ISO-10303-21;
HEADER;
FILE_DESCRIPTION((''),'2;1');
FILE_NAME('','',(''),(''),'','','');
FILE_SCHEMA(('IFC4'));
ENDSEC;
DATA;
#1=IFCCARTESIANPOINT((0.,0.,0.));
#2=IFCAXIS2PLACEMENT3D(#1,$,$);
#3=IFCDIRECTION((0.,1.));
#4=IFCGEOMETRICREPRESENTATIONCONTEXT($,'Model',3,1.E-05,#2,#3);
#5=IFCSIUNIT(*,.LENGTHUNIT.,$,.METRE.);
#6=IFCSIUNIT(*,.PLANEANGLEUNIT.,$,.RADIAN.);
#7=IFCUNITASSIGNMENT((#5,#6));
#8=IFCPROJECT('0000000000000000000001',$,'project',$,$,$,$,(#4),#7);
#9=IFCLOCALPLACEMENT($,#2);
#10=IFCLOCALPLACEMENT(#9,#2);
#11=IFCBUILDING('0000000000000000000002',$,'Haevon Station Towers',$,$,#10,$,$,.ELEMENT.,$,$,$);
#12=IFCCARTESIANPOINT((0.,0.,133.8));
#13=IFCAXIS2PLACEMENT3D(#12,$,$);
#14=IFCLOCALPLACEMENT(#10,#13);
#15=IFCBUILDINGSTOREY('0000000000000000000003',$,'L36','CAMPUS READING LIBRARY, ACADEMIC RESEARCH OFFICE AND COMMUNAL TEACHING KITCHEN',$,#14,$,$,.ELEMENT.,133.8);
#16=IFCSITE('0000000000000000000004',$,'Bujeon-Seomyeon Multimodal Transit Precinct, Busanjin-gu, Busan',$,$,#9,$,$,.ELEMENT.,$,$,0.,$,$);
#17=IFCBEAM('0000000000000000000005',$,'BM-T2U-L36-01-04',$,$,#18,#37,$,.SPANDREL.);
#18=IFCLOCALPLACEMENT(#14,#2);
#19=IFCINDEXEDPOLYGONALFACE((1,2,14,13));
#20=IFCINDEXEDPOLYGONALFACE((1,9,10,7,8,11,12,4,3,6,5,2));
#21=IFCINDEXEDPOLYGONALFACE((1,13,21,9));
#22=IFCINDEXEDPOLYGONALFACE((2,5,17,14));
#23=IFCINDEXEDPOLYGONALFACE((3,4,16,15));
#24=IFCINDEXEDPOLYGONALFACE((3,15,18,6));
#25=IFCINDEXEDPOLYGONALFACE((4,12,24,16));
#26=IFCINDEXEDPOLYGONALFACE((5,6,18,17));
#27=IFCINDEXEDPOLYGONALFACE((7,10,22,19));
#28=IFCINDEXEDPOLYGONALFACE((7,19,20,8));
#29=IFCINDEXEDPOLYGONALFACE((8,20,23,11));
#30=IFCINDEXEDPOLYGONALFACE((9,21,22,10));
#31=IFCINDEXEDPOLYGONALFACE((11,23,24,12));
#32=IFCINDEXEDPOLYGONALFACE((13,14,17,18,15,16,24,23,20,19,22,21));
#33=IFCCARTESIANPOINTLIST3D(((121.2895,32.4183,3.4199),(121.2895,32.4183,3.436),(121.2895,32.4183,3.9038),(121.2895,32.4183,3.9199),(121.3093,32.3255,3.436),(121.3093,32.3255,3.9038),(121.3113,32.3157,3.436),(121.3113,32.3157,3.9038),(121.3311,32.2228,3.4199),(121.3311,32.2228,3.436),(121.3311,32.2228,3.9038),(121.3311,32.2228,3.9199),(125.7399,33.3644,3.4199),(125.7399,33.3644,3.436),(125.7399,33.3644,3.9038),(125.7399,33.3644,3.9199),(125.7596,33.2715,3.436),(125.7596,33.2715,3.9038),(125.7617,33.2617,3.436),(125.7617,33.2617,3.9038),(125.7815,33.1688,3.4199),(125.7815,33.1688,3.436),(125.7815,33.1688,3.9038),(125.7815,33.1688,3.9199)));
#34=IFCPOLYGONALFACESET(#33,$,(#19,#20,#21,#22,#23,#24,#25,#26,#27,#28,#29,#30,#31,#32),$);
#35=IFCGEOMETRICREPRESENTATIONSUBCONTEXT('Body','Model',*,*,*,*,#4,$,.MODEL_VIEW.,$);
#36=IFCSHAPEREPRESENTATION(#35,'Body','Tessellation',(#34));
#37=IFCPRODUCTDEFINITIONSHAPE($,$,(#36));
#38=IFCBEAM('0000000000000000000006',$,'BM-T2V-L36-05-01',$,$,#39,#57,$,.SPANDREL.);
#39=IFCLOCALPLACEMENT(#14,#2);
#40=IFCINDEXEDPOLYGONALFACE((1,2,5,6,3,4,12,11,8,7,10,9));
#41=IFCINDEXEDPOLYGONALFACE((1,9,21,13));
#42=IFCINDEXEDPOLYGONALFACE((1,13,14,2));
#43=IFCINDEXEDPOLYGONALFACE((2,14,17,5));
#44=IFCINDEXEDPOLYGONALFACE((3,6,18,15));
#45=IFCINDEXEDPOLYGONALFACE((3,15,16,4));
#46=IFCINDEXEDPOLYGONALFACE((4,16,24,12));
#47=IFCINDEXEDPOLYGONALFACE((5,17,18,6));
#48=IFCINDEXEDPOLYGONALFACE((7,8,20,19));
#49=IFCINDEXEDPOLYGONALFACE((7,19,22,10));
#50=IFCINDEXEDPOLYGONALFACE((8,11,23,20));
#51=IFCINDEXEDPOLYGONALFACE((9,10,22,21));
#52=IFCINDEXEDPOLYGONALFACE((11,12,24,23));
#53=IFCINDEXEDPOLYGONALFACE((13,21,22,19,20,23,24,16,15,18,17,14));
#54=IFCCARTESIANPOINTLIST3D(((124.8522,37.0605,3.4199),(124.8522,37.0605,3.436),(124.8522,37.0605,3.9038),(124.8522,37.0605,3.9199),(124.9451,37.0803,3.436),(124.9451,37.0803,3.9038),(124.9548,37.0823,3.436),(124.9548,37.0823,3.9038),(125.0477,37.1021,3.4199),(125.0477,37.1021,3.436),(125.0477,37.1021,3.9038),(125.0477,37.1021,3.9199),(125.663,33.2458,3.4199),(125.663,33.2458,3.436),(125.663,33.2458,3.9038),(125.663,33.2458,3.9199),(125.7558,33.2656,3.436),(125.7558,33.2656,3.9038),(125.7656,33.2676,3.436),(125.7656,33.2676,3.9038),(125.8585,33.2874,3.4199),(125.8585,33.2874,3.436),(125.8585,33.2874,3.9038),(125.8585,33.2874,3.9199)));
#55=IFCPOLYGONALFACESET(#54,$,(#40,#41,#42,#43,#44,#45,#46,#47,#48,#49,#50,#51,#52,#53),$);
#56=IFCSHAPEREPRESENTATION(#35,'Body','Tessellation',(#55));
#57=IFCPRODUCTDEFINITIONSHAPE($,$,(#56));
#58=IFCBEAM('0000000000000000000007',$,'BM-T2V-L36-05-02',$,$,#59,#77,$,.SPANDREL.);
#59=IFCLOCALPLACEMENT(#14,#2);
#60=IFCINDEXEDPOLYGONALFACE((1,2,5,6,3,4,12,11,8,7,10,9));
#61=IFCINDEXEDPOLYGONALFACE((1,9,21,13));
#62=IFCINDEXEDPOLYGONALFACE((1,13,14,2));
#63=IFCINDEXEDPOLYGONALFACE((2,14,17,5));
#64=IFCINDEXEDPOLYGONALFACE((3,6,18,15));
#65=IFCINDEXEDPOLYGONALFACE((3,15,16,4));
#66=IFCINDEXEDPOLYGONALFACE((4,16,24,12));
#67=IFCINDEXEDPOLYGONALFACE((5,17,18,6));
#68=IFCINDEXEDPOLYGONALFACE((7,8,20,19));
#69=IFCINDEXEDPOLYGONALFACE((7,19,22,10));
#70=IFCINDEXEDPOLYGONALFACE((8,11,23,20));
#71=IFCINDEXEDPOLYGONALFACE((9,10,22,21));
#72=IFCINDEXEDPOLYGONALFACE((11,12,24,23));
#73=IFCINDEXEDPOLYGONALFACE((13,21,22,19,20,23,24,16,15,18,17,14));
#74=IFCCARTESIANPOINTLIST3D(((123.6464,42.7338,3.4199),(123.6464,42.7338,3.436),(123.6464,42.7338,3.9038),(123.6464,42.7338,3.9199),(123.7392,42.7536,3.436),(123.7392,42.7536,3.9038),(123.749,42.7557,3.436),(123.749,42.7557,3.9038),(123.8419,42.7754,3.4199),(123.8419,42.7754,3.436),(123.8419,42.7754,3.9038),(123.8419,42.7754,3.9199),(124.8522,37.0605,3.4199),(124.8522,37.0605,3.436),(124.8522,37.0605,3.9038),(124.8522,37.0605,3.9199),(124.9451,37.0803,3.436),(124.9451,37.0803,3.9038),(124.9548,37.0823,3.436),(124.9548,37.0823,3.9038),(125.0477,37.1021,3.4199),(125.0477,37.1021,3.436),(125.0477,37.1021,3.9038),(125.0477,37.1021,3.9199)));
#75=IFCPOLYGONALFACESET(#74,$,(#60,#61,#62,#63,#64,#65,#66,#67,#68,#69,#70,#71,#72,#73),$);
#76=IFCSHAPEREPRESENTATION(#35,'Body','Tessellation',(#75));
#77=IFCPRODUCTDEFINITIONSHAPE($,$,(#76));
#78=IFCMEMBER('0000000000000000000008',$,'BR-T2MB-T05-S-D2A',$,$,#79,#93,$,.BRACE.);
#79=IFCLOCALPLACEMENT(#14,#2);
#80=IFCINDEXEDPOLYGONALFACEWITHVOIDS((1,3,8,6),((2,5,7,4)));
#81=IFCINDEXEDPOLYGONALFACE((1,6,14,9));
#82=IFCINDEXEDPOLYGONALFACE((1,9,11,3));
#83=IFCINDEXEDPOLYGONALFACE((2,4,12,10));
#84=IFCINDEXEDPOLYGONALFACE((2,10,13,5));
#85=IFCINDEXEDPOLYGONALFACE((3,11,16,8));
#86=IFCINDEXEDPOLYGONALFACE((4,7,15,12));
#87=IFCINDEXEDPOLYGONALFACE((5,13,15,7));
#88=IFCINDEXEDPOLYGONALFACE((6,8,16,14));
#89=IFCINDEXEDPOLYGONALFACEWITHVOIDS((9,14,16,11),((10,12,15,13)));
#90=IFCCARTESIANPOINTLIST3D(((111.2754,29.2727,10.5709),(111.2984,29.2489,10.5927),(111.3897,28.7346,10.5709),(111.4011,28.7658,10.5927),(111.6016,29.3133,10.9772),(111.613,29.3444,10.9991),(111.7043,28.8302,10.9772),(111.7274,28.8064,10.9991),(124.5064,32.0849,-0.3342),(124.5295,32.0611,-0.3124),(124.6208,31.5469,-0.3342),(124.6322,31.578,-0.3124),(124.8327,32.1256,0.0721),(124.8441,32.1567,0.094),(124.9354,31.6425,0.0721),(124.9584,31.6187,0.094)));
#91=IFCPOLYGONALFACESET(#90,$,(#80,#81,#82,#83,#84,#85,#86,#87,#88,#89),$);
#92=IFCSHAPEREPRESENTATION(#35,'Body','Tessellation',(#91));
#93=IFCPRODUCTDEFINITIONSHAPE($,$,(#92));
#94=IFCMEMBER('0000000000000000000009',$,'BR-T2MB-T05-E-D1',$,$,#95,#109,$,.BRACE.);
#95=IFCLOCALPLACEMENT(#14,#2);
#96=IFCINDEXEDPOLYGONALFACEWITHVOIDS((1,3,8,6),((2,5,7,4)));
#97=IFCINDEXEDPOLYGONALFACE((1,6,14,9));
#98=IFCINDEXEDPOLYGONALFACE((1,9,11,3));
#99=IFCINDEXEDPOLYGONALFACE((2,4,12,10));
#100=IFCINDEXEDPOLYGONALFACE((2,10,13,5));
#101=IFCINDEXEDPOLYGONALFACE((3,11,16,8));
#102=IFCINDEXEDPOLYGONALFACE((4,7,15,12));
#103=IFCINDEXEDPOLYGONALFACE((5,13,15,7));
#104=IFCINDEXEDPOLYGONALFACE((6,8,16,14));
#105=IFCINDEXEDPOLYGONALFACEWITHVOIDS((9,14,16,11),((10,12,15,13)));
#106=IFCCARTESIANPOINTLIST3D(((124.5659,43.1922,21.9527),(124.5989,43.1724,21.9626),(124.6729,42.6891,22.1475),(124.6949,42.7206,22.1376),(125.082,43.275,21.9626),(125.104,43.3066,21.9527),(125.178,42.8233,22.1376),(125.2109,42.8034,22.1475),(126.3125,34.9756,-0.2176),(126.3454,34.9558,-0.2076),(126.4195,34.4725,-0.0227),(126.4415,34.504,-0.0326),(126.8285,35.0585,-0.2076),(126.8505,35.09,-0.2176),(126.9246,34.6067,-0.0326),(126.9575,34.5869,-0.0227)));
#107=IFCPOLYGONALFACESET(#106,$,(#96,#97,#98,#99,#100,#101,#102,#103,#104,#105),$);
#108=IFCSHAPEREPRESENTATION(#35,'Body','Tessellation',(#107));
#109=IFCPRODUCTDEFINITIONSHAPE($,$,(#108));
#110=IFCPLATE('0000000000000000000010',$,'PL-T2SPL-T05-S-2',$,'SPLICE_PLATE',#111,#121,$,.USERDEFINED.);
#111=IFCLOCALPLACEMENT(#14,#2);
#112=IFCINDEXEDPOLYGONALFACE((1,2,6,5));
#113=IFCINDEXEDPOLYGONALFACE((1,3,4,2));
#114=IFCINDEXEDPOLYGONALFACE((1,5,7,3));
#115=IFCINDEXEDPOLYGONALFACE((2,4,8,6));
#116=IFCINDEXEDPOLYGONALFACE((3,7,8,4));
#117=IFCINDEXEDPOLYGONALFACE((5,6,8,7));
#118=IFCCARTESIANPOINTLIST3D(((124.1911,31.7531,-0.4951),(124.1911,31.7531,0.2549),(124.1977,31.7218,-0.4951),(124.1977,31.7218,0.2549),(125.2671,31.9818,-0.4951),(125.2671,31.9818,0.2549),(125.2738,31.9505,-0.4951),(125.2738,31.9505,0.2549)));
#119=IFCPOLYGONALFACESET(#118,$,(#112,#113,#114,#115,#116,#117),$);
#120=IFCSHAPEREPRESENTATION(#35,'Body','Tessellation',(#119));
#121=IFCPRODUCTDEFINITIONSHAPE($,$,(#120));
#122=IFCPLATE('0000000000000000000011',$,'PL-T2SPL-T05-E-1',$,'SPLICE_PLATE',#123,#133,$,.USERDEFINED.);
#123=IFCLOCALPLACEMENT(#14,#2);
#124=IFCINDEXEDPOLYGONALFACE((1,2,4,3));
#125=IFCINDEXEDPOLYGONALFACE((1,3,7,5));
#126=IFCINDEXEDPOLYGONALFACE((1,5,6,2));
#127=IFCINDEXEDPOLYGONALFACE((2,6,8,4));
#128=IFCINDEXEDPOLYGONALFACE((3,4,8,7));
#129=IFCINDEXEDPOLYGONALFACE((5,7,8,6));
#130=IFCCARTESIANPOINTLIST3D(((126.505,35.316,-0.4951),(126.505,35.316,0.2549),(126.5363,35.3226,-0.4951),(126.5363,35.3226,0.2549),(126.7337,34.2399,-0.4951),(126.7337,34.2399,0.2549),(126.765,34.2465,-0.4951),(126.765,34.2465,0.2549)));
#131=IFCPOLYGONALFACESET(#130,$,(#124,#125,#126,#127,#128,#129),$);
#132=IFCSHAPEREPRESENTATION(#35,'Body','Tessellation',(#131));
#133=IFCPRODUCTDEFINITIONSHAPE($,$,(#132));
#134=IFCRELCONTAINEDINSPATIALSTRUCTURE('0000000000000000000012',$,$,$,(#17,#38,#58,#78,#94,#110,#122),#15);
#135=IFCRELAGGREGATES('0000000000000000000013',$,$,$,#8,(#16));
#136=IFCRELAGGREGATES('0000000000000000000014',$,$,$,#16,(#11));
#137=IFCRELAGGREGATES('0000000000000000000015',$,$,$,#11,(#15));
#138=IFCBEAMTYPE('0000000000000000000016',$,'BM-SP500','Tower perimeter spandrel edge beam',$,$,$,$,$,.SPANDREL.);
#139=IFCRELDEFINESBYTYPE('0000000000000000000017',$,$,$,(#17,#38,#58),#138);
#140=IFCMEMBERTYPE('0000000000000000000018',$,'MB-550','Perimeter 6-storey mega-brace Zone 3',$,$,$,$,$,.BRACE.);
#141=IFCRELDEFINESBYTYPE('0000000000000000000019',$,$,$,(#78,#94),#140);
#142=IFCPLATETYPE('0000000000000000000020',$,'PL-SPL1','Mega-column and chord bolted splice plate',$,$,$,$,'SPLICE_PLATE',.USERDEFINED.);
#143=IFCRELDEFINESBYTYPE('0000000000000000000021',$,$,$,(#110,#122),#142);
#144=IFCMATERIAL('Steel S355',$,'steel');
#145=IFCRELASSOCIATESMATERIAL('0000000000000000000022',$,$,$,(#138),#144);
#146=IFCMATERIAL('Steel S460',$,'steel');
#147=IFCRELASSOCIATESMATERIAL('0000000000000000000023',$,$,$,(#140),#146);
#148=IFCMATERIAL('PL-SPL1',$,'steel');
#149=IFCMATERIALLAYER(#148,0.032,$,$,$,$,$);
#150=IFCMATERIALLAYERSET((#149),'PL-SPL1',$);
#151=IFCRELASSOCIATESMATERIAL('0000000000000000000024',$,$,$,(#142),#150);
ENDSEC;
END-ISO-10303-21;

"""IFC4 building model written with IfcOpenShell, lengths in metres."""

from ifc_helpers import new_model, si_unit, direction, frame, origin, origin_2d, place, context, subcontext, project, spatial, rectangle, hollow_rectangle, i_section, extrude, material, layer, layer_set, material_profile, profile_set, type_object, element, save


model = new_model("IFC4")

# Units and contexts
model_context = context("Model", 3, precision=1e-05, world=origin(), true_north=direction((0.0, 1.0)))
body_context = subcontext(model_context, "Body", "Model", "MODEL_VIEW")
ifc_project = project(units=[si_unit("LENGTHUNIT", "METRE"), si_unit("PLANEANGLEUNIT", "RADIAN")], contexts=[model_context])

# Site, building, storey
site_placement = place(None, origin())
site = spatial("IfcSite", under=ifc_project, at=site_placement, Name="Bujeon-Seomyeon Multimodal Transit Precinct, Busanjin-gu, Busan", CompositionType="ELEMENT", RefElevation=0.0)
building_placement = place(site_placement, origin())
building = spatial("IfcBuilding", under=site, at=building_placement, Name="Haevon Station Towers", CompositionType="ELEMENT")
storey_placement = place(building_placement, frame((0.0, 0.0, 133.8)))
storey = spatial("IfcBuildingStorey", under=building, at=storey_placement, Name="L36", Description="CAMPUS READING LIBRARY, ACADEMIC RESEARCH OFFICE AND COMMUNAL TEACHING KITCHEN", CompositionType="ELEMENT", Elevation=133.8)

# Shared definitions
ifc_material_1 = material(Name="Steel S460", Category="steel")

# Beams
ifc_material_2 = material(Name="Steel S355", Category="steel")
ifc_material_profile_1 = material_profile(ifc_material_2, i_section(OverallWidth=0.2, OverallDepth=0.5, WebThickness=0.01, FlangeThickness=0.0161, at=origin_2d()), Name="H-500x200x10x16")
ifc_profile_set_1 = profile_set([ifc_material_profile_1], Name="Steel S355")
beam_type_1 = type_object("IfcBeamType", Name="BM-SP500", Description="Tower perimeter spandrel edge beam", PredefinedType="SPANDREL", material=ifc_profile_set_1)
beam_1_placement = place(storey_placement, frame((121.3103, 32.3206, 3.6699), z_axis=(0.978144, 0.207927, 0.0), x_axis=(-0.207927, 0.978144, 0.0)))
element("IfcBeam", 1, at=beam_1_placement, inside=storey, type_object=beam_type_1, Name="BM-T2U-L36-01-04", PredefinedType="SPANDREL", context=body_context, shape_type="SweptSolid", body=[
    extrude(i_section(OverallWidth=0.2, OverallDepth=0.5, WebThickness=0.01, FlangeThickness=0.0161, at=origin_2d()), origin(), (0.0, 0.0, 1.0), 4.5498),
])
beam_2_placement = place(storey_placement, frame((125.7607, 33.2666, 3.6699), z_axis=(-0.2079, 0.97815, 0.0), x_axis=(-0.97815, -0.2079, 0.0)))
element("IfcBeam", 2, at=beam_2_placement, inside=storey, type_object=beam_type_1, Name="BM-T2V-L36-05-01", PredefinedType="SPANDREL", context=body_context, shape_type="SweptSolid", body=[
    extrude(i_section(OverallWidth=0.2, OverallDepth=0.5, WebThickness=0.01, FlangeThickness=0.0161, at=origin_2d()), origin(), (0.0, 0.0, 1.0), 3.8999),
])
beam_3_placement = place(storey_placement, frame((124.95, 37.0813, 3.6699), z_axis=(-0.207896, 0.978151, 0.0), x_axis=(-0.978151, -0.207896, 0.0)))
element("IfcBeam", 3, at=beam_3_placement, inside=storey, type_object=beam_type_1, Name="BM-T2V-L36-05-02", PredefinedType="SPANDREL", context=body_context, shape_type="SweptSolid", body=[
    extrude(i_section(OverallWidth=0.2, OverallDepth=0.5, WebThickness=0.01, FlangeThickness=0.0161, at=origin_2d()), origin(), (0.0, 0.0, 1.0), 5.8),
])

# Members
ifc_material_profile_2 = material_profile(ifc_material_1, hollow_rectangle(XDim=0.55, YDim=0.55, WallThickness=0.0281, at=origin_2d()), Name="RHS-550x550x28")
ifc_profile_set_2 = profile_set([ifc_material_profile_2], Name="Steel S460")
member_type = type_object("IfcMemberType", Name="MB-550", Description="Perimeter 6-storey mega-brace Zone 3", PredefinedType="BRACE", material=ifc_profile_set_2)
member_1_placement = place(storey_placement, frame((124.7324, 31.8518, -0.1201), z_axis=(-0.761499, -0.161858, 0.627632), x_axis=(0.207907, -0.978149, 0.0)))
element("IfcMember", 4, at=member_1_placement, inside=storey, type_object=member_type, Name="BR-T2MB-T05-S-D2A", PredefinedType="BRACE", context=body_context, shape_type="SweptSolid", body=[
    extrude(hollow_rectangle(XDim=0.55, YDim=0.55, WallThickness=0.0281, at=origin_2d()), origin(), (0.0, 0.0, 1.0), 17.375),
])
member_2_placement = place(storey_placement, frame((126.635, 34.7812, -0.1201), z_axis=(-0.07367, 0.34657, 0.935127), x_axis=(-0.978145, -0.207923, 0.0)))
element("IfcMember", 5, at=member_2_placement, inside=storey, type_object=member_type, Name="BR-T2MB-T05-E-D1", PredefinedType="BRACE", context=body_context, shape_type="SweptSolid", body=[
    extrude(hollow_rectangle(XDim=0.55, YDim=0.55, WallThickness=0.0281, at=origin_2d()), origin(), (0.0, 0.0, 1.0), 23.7083),
])

# Plates
ifc_material_3 = material(Name="PL-SPL1", Category="steel")
ifc_layer_1 = layer(ifc_material_3, 0.032)
ifc_layer_set_1 = layer_set([ifc_layer_1], Name="PL-SPL1")
plate_type = type_object("IfcPlateType", Name="PL-SPL1", Description="Mega-column and chord bolted splice plate", ElementType="SPLICE_PLATE", PredefinedType="USERDEFINED", material=ifc_layer_set_1)
for number, where, z_axis, x_axis, name in (
    (6, (124.7324, 31.8518, -0.4951), (0.0, 0.0, 1.0), (0.978148, 0.207912, 0.0), "PL-T2SPL-T05-S-2"),
    (7, (126.635, 34.7812, -0.4951), (0.0, 0.0, 1.0), (-0.207912, 0.978148, 0.0), "PL-T2SPL-T05-E-1"),
):
    element("IfcPlate", number, at=place(storey_placement, frame(where, z_axis=z_axis, x_axis=x_axis)), inside=storey, type_object=plate_type, Name=name, ObjectType="SPLICE_PLATE", PredefinedType="USERDEFINED", context=body_context, shape_type="SweptSolid", body=[
        extrude(rectangle(XDim=1.1001, YDim=0.032, at=origin_2d()), origin(), (0.0, 0.0, 1.0), 0.75),
    ])

save(model, "model.ifc")
